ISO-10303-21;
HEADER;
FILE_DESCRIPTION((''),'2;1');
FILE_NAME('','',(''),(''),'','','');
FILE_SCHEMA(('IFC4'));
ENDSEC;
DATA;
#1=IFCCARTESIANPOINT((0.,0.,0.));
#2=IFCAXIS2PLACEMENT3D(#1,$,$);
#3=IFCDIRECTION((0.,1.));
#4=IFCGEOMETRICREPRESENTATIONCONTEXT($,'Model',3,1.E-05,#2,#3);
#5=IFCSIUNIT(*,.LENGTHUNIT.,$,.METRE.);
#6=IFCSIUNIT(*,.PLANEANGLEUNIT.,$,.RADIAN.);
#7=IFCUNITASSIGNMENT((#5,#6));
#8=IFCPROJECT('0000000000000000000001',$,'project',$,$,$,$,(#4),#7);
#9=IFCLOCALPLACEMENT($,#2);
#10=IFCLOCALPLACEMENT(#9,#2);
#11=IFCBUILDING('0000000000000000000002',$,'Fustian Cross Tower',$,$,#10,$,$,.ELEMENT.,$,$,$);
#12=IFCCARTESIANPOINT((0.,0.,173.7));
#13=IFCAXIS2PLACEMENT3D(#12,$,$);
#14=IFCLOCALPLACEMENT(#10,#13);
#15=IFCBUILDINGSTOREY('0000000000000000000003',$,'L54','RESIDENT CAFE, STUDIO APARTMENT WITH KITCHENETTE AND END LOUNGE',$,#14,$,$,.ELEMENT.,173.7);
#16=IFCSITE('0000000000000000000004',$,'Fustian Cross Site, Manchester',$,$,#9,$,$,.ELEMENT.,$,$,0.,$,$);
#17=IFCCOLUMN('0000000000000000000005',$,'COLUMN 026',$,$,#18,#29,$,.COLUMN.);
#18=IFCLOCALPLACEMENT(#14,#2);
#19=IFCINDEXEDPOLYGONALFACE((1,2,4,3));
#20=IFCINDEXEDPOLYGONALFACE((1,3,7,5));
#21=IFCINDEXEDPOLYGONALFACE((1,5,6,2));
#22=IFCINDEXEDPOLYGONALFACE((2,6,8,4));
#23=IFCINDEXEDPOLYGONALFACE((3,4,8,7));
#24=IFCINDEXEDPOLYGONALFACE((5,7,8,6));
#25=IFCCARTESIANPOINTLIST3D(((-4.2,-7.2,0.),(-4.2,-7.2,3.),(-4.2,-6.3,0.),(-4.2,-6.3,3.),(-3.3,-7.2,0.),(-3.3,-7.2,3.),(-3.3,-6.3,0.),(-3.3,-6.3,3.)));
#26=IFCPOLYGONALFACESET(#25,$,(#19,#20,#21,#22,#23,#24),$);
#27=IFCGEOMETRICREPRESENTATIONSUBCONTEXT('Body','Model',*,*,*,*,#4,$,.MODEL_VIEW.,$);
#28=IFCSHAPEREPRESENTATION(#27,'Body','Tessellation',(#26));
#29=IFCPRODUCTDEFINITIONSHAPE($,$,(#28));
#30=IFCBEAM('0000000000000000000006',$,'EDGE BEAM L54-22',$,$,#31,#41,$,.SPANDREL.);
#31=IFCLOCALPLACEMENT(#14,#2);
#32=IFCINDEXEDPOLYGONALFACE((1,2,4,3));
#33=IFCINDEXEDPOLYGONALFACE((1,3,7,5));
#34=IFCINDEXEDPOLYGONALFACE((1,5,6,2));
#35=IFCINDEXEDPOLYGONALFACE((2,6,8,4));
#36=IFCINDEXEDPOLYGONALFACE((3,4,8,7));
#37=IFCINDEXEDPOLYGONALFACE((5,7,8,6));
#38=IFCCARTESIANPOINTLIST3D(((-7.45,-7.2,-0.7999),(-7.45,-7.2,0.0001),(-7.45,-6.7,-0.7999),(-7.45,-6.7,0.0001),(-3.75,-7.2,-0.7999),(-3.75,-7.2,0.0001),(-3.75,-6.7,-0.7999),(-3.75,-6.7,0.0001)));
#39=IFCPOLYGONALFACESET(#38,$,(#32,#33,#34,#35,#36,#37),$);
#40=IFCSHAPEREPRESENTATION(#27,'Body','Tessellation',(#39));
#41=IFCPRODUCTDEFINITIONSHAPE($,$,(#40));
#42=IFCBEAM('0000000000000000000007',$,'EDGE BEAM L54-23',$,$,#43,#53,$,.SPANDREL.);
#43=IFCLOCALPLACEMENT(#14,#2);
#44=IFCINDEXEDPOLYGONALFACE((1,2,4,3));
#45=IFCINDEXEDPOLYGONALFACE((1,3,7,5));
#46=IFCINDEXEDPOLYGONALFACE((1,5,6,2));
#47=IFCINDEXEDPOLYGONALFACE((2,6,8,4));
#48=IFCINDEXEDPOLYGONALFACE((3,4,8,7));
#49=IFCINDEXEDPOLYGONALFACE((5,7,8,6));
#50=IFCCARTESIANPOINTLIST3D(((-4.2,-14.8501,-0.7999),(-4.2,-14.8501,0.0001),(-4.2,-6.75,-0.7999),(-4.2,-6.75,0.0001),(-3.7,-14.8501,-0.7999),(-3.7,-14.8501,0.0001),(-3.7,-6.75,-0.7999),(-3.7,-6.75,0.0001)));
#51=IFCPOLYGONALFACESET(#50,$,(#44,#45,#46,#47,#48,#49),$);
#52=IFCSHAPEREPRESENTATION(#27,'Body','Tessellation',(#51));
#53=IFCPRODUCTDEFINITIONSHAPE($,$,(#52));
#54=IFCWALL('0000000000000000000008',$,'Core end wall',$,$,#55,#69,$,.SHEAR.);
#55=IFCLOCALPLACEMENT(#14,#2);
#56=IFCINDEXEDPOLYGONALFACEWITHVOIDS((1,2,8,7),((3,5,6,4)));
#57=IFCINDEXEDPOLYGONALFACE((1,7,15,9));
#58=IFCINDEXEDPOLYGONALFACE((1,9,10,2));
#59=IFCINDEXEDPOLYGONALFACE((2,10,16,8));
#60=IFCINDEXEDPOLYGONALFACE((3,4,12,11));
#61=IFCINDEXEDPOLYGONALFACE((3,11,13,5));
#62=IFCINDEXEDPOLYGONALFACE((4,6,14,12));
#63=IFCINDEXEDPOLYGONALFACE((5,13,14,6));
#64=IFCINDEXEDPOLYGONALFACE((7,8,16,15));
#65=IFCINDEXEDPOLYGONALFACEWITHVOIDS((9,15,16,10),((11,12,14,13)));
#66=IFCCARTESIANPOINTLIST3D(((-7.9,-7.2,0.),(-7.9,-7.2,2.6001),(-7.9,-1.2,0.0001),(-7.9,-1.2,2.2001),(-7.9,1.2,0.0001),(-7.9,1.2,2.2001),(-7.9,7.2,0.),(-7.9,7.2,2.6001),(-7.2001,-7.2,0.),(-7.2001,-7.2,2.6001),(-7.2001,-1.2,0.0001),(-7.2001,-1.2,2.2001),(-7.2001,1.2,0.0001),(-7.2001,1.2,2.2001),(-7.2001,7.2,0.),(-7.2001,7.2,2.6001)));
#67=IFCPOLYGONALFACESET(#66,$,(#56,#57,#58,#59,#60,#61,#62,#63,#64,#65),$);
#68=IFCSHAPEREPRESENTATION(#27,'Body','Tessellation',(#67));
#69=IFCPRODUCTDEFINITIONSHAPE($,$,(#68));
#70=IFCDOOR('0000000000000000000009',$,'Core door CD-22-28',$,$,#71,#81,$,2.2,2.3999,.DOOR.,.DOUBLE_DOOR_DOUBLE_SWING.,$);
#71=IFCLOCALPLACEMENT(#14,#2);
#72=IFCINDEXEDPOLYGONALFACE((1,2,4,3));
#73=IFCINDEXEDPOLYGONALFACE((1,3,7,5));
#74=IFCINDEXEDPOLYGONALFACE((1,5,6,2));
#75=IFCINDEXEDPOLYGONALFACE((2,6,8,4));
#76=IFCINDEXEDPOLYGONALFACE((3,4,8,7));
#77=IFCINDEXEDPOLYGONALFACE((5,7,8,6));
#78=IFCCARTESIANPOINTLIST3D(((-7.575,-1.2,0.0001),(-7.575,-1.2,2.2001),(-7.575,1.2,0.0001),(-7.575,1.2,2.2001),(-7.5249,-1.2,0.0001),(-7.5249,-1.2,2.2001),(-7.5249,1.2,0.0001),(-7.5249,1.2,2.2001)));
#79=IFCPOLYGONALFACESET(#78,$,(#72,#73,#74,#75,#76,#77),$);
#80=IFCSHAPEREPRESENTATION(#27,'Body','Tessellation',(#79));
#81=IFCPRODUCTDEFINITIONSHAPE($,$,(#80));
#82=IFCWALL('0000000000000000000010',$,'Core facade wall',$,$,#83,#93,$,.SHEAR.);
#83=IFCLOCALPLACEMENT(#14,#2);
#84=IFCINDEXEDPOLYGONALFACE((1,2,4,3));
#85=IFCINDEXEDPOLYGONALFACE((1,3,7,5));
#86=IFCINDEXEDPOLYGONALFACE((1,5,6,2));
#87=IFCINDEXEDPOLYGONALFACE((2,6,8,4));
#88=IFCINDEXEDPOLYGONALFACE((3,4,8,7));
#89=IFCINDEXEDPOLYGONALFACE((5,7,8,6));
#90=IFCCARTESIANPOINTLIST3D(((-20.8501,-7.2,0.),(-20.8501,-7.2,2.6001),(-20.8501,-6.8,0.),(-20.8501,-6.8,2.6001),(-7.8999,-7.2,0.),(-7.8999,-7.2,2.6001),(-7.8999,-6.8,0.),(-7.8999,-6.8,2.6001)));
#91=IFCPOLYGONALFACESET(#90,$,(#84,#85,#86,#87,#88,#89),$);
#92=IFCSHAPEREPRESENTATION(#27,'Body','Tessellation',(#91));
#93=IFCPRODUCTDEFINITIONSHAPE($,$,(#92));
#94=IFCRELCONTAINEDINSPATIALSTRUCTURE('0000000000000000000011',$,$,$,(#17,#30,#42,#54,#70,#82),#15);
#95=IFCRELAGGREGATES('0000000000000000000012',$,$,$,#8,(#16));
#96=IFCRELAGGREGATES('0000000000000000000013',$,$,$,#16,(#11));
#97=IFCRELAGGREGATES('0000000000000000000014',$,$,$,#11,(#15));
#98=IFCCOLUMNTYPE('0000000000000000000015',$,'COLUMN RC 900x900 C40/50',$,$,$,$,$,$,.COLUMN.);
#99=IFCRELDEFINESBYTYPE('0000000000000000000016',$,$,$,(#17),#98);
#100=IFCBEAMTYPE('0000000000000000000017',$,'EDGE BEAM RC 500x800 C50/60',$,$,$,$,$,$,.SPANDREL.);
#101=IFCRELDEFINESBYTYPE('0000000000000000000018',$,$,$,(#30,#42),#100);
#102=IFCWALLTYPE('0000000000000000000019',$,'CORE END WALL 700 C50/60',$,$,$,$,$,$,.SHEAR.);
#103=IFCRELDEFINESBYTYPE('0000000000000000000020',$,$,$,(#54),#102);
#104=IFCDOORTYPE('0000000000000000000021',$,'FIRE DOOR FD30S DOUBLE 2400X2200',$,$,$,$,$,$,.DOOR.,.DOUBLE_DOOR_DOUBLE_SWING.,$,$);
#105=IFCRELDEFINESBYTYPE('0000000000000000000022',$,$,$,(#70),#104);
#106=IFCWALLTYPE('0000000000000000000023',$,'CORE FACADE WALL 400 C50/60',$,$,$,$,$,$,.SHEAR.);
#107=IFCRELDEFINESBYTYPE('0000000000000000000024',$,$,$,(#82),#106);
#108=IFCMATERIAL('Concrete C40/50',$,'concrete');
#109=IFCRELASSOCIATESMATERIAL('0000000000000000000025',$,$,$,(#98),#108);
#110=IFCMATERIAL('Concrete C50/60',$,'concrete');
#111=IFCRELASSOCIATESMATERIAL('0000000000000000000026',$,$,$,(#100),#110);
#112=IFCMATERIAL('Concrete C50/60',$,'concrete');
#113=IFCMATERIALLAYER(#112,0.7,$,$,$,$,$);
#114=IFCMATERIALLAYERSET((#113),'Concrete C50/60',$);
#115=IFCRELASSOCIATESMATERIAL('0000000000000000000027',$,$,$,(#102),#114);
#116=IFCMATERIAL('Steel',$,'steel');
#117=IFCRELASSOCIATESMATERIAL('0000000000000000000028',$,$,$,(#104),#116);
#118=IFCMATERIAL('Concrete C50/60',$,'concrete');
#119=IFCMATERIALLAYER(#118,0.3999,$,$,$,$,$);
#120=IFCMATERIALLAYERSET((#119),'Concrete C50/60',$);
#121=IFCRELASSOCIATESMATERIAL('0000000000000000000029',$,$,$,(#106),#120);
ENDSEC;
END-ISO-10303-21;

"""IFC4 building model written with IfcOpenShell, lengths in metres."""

from ifc_helpers import new_model, si_unit, direction, frame, frame_2d, origin, origin_2d, place, context, subcontext, project, spatial, rectangle, extrude, material, layer, layer_set, material_profile, profile_set, type_object, element, fill, save


model = new_model("IFC4")

# Units and contexts
model_context = context("Model", 3, precision=1e-05, world=origin(), true_north=direction((0.0, 1.0)))
body_context = subcontext(model_context, "Body", "Model", "MODEL_VIEW")
ifc_project = project(units=[si_unit("LENGTHUNIT", "METRE"), si_unit("PLANEANGLEUNIT", "RADIAN")], contexts=[model_context])

# Site, building, storey
site_placement = place(None, origin())
site = spatial("IfcSite", under=ifc_project, at=site_placement, Name="Fustian Cross Site, Manchester", CompositionType="ELEMENT", RefElevation=0.0)
building_placement = place(site_placement, origin())
building = spatial("IfcBuilding", under=site, at=building_placement, Name="Fustian Cross Tower", CompositionType="ELEMENT")
storey_placement = place(building_placement, frame((0.0, 0.0, 173.7)))
storey = spatial("IfcBuildingStorey", under=building, at=storey_placement, Name="L54", Description="RESIDENT CAFE, STUDIO APARTMENT WITH KITCHENETTE AND END LOUNGE", CompositionType="ELEMENT", Elevation=173.7)

# Column
ifc_material_1 = material(Name="Concrete C40/50", Category="concrete")
ifc_material_profile_1 = material_profile(ifc_material_1, rectangle(XDim=0.8999, YDim=0.8999, at=origin_2d()), Name="RC 900x900")
ifc_profile_set_1 = profile_set([ifc_material_profile_1], Name="Concrete C40/50")
column_type = type_object("IfcColumnType", Name="COLUMN RC 900x900 C40/50", PredefinedType="COLUMN", material=ifc_profile_set_1)
column_placement = place(storey_placement, frame((-3.75, -6.75, 0.0), z_axis=(0.0, 0.0, 1.0), x_axis=(1.0, 0.0, 0.0)))
element("IfcColumn", 1, at=column_placement, inside=storey, type_object=column_type, Name="COLUMN 026", PredefinedType="COLUMN", context=body_context, shape_type="SweptSolid", body=[
    extrude(rectangle(XDim=0.8999, YDim=0.8999, at=origin_2d()), origin(), (0.0, 0.0, 1.0), 3.0),
])

# Beams
ifc_material_2 = material(Name="Concrete C50/60", Category="concrete")
ifc_material_profile_2 = material_profile(ifc_material_2, rectangle(XDim=0.5, YDim=0.8, at=origin_2d()), Name="RC 500x800")
ifc_profile_set_2 = profile_set([ifc_material_profile_2], Name="Concrete C50/60")
beam_type = type_object("IfcBeamType", Name="EDGE BEAM RC 500x800 C50/60", PredefinedType="SPANDREL", material=ifc_profile_set_2)
beam_1_placement = place(storey_placement, frame((-7.45, -6.95, -0.3999), z_axis=(1.0, 0.0, 0.0), x_axis=(0.0, 1.0, 0.0)))
element("IfcBeam", 2, at=beam_1_placement, inside=storey, type_object=beam_type, Name="EDGE BEAM L54-22", PredefinedType="SPANDREL", context=body_context, shape_type="SweptSolid", body=[
    extrude(rectangle(XDim=0.5, YDim=0.8, at=origin_2d()), origin(), (0.0, 0.0, 1.0), 3.7),
])
beam_2_placement = place(storey_placement, frame((-3.95, -6.75, -0.3999), z_axis=(0.0, -1.0, 0.0), x_axis=(1.0, 0.0, 0.0)))
element("IfcBeam", 3, at=beam_2_placement, inside=storey, type_object=beam_type, Name="EDGE BEAM L54-23", PredefinedType="SPANDREL", context=body_context, shape_type="SweptSolid", body=[
    extrude(rectangle(XDim=0.5, YDim=0.8, at=origin_2d()), origin(), (0.0, 0.0, 1.0), 8.1001),
])

# Wall, opening, door
ifc_material_3 = material(Name="Concrete C50/60", Category="concrete")
ifc_layer_1 = layer(ifc_material_3, 0.7)
ifc_layer_set_1 = layer_set([ifc_layer_1], Name="Concrete C50/60")
wall_type_1 = type_object("IfcWallType", Name="CORE END WALL 700 C50/60", PredefinedType="SHEAR", material=ifc_layer_set_1)
wall_1_placement = place(storey_placement, frame((-7.55, -7.2, 0.0), z_axis=(0.0, 0.0, 1.0), x_axis=(0.0, 1.0, 0.0)))
wall_1 = element("IfcWall", 4, at=wall_1_placement, inside=storey, type_object=wall_type_1, Name="Core end wall", PredefinedType="SHEAR", context=body_context, shape_type="SweptSolid", body=[
    extrude(rectangle(XDim=14.3999, YDim=0.7, at=frame_2d((7.2, 0.0))), origin(), (0.0, 0.0, 1.0), 2.6001),
])
opening_1_placement = place(wall_1_placement, frame((6.0, 0.0, 0.0)))
opening_1 = element("IfcOpeningElement", 5, at=opening_1_placement, cuts=wall_1, PredefinedType="OPENING", context=body_context, shape_type="SweptSolid", body=[
    extrude(rectangle(XDim=2.3999, YDim=2.2, at=frame_2d((1.2, 1.1001))), frame((0.0, 0.3599, 0.0), z_axis=(0.0, -1.0, 0.0), x_axis=(1.0, 0.0, 0.0)), (0.0, 0.0, 1.0), 0.72),
])
ifc_material_4 = material(Name="Steel", Category="steel")
door_type_1 = type_object("IfcDoorType", Name="FIRE DOOR FD30S DOUBLE 2400X2200", OperationType="DOUBLE_DOOR_DOUBLE_SWING", PredefinedType="DOOR", material=ifc_material_4)
door_1_placement = place(opening_1_placement, origin())
door_1 = element("IfcDoor", 6, at=door_1_placement, inside=storey, type_object=door_type_1, Name="Core door CD-22-28", OperationType="DOUBLE_DOOR_DOUBLE_SWING", OverallHeight=2.2, OverallWidth=2.3999, PredefinedType="DOOR", context=body_context, shape_type="SweptSolid", body=[
    extrude(rectangle(XDim=2.3999, YDim=2.2, at=frame_2d((1.2, 1.1001))), frame((0.0, 0.0249, 0.0), z_axis=(0.0, -1.0, 0.0), x_axis=(1.0, 0.0, 0.0)), (0.0, 0.0, 1.0), 0.05),
])
fill(opening_1, door_1)

# Wall
ifc_material_5 = material(Name="Concrete C50/60", Category="concrete")
ifc_layer_2 = layer(ifc_material_5, 0.3999)
ifc_layer_set_2 = layer_set([ifc_layer_2], Name="Concrete C50/60")
wall_type_2 = type_object("IfcWallType", Name="CORE FACADE WALL 400 C50/60", PredefinedType="SHEAR", material=ifc_layer_set_2)
wall_2_placement = place(storey_placement, frame((-7.8999, -7.0, 0.0), z_axis=(0.0, 0.0, 1.0), x_axis=(-1.0, 0.0, 0.0)))
element("IfcWall", 7, at=wall_2_placement, inside=storey, type_object=wall_type_2, Name="Core facade wall", PredefinedType="SHEAR", context=body_context, shape_type="SweptSolid", body=[
    extrude(rectangle(XDim=12.9502, YDim=0.3999, at=frame_2d((6.4751, 0.0))), origin(), (0.0, 0.0, 1.0), 2.6001),
])

save(model, "model.ifc")
